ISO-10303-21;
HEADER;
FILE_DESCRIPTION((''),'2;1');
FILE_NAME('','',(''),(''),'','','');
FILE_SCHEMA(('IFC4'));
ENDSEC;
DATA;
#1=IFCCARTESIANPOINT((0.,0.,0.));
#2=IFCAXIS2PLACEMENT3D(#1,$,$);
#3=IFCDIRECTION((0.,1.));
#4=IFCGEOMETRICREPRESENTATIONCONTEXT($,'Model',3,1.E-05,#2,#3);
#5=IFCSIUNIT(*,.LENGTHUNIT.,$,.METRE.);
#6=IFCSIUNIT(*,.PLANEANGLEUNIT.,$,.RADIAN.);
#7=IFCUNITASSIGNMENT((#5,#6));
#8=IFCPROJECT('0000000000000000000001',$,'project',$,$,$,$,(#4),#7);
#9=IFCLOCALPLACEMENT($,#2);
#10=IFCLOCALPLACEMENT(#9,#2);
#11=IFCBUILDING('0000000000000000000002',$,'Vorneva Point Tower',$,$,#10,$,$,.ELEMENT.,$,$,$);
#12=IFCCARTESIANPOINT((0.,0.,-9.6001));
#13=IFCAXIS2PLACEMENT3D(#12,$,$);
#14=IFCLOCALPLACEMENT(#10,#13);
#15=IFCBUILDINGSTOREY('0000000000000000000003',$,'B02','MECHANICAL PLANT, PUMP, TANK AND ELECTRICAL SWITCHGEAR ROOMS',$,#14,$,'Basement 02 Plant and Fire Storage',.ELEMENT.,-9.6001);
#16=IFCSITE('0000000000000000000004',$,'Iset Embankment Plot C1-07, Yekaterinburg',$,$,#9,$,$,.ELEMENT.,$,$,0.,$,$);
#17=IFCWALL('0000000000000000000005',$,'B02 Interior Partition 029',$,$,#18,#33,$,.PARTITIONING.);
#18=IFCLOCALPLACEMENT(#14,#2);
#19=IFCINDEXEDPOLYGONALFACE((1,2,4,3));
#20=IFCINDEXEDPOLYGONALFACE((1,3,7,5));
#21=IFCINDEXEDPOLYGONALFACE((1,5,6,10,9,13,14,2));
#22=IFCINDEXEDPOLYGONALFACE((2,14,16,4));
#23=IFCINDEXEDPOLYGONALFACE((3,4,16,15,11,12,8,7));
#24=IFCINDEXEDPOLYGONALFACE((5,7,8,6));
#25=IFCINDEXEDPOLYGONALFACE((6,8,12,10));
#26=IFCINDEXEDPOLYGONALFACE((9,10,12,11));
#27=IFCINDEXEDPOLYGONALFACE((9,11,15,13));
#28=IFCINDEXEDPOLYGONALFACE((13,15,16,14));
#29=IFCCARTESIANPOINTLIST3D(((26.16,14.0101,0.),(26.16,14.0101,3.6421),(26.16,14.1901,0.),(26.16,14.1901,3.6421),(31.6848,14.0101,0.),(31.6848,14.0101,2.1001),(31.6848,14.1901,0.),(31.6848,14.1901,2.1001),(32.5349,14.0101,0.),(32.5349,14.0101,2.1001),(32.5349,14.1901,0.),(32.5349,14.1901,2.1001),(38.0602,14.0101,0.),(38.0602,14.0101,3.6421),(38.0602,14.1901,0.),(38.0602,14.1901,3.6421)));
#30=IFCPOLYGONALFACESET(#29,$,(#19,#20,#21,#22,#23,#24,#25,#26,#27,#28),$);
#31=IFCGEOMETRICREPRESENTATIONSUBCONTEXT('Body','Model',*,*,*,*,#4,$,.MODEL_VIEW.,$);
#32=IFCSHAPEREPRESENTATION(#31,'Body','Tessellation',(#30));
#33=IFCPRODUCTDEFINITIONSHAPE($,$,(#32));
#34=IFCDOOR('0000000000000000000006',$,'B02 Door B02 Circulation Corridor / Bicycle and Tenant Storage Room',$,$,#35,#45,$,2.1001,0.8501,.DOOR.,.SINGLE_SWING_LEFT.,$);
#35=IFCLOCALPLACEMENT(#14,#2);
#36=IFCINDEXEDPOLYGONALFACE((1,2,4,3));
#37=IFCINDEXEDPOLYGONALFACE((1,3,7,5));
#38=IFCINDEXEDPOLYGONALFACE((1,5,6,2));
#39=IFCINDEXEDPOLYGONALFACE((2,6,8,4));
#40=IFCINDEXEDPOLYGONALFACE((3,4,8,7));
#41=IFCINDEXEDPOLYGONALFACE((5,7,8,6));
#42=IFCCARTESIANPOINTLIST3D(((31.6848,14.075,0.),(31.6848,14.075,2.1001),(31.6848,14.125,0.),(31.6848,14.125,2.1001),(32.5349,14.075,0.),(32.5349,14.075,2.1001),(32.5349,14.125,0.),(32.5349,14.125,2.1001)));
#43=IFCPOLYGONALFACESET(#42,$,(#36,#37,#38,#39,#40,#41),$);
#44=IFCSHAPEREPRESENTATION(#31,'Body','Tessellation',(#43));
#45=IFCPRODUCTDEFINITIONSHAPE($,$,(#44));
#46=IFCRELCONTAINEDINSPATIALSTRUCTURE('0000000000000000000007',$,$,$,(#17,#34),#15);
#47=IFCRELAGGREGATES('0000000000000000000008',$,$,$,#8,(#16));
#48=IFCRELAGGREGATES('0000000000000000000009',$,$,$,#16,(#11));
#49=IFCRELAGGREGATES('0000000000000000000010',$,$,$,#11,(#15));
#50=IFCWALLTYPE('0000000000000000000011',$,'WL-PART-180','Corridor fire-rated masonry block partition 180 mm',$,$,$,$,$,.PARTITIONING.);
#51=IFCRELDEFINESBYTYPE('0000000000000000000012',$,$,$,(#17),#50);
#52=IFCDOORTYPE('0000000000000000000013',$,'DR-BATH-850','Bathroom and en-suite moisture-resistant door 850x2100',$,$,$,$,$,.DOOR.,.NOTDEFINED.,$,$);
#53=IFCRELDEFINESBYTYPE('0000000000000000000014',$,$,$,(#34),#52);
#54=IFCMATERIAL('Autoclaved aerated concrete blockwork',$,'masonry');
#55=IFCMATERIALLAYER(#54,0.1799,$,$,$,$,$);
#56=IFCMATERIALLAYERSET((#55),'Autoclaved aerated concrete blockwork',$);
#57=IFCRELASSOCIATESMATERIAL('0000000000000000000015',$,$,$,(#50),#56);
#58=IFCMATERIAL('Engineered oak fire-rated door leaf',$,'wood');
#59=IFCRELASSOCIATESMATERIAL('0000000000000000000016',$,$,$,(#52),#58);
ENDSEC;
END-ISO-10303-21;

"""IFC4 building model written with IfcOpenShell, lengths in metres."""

from ifc_helpers import new_model, si_unit, direction, frame, frame_2d, origin, place, context, subcontext, project, spatial, rectangle, extrude, material, layer, layer_set, type_object, element, fill, save


model = new_model("IFC4")

# Units and contexts
model_context = context("Model", 3, precision=1e-05, world=origin(), true_north=direction((0.0, 1.0)))
body_context = subcontext(model_context, "Body", "Model", "MODEL_VIEW")
ifc_project = project(units=[si_unit("LENGTHUNIT", "METRE"), si_unit("PLANEANGLEUNIT", "RADIAN")], contexts=[model_context])

# Site, building, storey
site_placement = place(None, origin())
site = spatial("IfcSite", under=ifc_project, at=site_placement, Name="Iset Embankment Plot C1-07, Yekaterinburg", CompositionType="ELEMENT", RefElevation=0.0)
building_placement = place(site_placement, origin())
building = spatial("IfcBuilding", under=site, at=building_placement, Name="Vorneva Point Tower", CompositionType="ELEMENT")
storey_placement = place(building_placement, frame((0.0, 0.0, -9.6001)))
storey = spatial("IfcBuildingStorey", under=building, at=storey_placement, Name="B02", Description="MECHANICAL PLANT, PUMP, TANK AND ELECTRICAL SWITCHGEAR ROOMS", LongName="Basement 02 Plant and Fire Storage", CompositionType="ELEMENT", Elevation=-9.6001)

# Shared definitions
ifc_material_1 = material(Name="Autoclaved aerated concrete blockwork", Category="masonry")
ifc_layer_1 = layer(ifc_material_1, 0.1799)
ifc_layer_set_1 = layer_set([ifc_layer_1], Name="Autoclaved aerated concrete blockwork")
wall_type_1 = type_object("IfcWallType", Name="WL-PART-180", Description="Corridor fire-rated masonry block partition 180 mm", PredefinedType="PARTITIONING", material=ifc_layer_set_1)

# Wall, opening, door
wall_1_placement = place(storey_placement, frame((26.1599, 14.1001, 0.0), z_axis=(0.0, 0.0, 1.0), x_axis=(1.0, 0.0, 0.0)))
wall_1 = element("IfcWall", 1, at=wall_1_placement, inside=storey, type_object=wall_type_1, Name="B02 Interior Partition 029", PredefinedType="PARTITIONING", context=body_context, shape_type="SweptSolid", body=[
    extrude(rectangle(XDim=11.9001, YDim=0.1799, at=frame_2d((5.9502, 0.0))), origin(), (0.0, 0.0, 1.0), 3.6421),
])
opening_placement = place(wall_1_placement, frame((5.5249, 0.0, 0.0)))
opening = element("IfcOpeningElement", 2, at=opening_placement, cuts=wall_1, PredefinedType="OPENING", context=body_context, shape_type="SweptSolid", body=[
    extrude(rectangle(XDim=0.8501, YDim=2.1001, at=frame_2d((0.425, 1.05))), frame((0.0, 0.105, 0.0), z_axis=(0.0, -1.0, 0.0), x_axis=(1.0, 0.0, 0.0)), (0.0, 0.0, 1.0), 0.2097),
])
ifc_material_2 = material(Name="Engineered oak fire-rated door leaf", Category="wood")
door_type = type_object("IfcDoorType", Name="DR-BATH-850", Description="Bathroom and en-suite moisture-resistant door 850x2100", OperationType="NOTDEFINED", PredefinedType="DOOR", material=ifc_material_2)
door_placement = place(opening_placement, origin())
door = element("IfcDoor", 3, at=door_placement, inside=storey, type_object=door_type, Name="B02 Door B02 Circulation Corridor / Bicycle and Tenant Storage Room", OperationType="SINGLE_SWING_LEFT", OverallHeight=2.1001, OverallWidth=0.8501, PredefinedType="DOOR", context=body_context, shape_type="SweptSolid", body=[
    extrude(rectangle(XDim=0.8501, YDim=2.1001, at=frame_2d((0.425, 1.05))), frame((0.0, 0.0249, 0.0), z_axis=(0.0, -1.0, 0.0), x_axis=(1.0, 0.0, 0.0)), (0.0, 0.0, 1.0), 0.05),
])
fill(opening, door)

save(model, "model.ifc")
